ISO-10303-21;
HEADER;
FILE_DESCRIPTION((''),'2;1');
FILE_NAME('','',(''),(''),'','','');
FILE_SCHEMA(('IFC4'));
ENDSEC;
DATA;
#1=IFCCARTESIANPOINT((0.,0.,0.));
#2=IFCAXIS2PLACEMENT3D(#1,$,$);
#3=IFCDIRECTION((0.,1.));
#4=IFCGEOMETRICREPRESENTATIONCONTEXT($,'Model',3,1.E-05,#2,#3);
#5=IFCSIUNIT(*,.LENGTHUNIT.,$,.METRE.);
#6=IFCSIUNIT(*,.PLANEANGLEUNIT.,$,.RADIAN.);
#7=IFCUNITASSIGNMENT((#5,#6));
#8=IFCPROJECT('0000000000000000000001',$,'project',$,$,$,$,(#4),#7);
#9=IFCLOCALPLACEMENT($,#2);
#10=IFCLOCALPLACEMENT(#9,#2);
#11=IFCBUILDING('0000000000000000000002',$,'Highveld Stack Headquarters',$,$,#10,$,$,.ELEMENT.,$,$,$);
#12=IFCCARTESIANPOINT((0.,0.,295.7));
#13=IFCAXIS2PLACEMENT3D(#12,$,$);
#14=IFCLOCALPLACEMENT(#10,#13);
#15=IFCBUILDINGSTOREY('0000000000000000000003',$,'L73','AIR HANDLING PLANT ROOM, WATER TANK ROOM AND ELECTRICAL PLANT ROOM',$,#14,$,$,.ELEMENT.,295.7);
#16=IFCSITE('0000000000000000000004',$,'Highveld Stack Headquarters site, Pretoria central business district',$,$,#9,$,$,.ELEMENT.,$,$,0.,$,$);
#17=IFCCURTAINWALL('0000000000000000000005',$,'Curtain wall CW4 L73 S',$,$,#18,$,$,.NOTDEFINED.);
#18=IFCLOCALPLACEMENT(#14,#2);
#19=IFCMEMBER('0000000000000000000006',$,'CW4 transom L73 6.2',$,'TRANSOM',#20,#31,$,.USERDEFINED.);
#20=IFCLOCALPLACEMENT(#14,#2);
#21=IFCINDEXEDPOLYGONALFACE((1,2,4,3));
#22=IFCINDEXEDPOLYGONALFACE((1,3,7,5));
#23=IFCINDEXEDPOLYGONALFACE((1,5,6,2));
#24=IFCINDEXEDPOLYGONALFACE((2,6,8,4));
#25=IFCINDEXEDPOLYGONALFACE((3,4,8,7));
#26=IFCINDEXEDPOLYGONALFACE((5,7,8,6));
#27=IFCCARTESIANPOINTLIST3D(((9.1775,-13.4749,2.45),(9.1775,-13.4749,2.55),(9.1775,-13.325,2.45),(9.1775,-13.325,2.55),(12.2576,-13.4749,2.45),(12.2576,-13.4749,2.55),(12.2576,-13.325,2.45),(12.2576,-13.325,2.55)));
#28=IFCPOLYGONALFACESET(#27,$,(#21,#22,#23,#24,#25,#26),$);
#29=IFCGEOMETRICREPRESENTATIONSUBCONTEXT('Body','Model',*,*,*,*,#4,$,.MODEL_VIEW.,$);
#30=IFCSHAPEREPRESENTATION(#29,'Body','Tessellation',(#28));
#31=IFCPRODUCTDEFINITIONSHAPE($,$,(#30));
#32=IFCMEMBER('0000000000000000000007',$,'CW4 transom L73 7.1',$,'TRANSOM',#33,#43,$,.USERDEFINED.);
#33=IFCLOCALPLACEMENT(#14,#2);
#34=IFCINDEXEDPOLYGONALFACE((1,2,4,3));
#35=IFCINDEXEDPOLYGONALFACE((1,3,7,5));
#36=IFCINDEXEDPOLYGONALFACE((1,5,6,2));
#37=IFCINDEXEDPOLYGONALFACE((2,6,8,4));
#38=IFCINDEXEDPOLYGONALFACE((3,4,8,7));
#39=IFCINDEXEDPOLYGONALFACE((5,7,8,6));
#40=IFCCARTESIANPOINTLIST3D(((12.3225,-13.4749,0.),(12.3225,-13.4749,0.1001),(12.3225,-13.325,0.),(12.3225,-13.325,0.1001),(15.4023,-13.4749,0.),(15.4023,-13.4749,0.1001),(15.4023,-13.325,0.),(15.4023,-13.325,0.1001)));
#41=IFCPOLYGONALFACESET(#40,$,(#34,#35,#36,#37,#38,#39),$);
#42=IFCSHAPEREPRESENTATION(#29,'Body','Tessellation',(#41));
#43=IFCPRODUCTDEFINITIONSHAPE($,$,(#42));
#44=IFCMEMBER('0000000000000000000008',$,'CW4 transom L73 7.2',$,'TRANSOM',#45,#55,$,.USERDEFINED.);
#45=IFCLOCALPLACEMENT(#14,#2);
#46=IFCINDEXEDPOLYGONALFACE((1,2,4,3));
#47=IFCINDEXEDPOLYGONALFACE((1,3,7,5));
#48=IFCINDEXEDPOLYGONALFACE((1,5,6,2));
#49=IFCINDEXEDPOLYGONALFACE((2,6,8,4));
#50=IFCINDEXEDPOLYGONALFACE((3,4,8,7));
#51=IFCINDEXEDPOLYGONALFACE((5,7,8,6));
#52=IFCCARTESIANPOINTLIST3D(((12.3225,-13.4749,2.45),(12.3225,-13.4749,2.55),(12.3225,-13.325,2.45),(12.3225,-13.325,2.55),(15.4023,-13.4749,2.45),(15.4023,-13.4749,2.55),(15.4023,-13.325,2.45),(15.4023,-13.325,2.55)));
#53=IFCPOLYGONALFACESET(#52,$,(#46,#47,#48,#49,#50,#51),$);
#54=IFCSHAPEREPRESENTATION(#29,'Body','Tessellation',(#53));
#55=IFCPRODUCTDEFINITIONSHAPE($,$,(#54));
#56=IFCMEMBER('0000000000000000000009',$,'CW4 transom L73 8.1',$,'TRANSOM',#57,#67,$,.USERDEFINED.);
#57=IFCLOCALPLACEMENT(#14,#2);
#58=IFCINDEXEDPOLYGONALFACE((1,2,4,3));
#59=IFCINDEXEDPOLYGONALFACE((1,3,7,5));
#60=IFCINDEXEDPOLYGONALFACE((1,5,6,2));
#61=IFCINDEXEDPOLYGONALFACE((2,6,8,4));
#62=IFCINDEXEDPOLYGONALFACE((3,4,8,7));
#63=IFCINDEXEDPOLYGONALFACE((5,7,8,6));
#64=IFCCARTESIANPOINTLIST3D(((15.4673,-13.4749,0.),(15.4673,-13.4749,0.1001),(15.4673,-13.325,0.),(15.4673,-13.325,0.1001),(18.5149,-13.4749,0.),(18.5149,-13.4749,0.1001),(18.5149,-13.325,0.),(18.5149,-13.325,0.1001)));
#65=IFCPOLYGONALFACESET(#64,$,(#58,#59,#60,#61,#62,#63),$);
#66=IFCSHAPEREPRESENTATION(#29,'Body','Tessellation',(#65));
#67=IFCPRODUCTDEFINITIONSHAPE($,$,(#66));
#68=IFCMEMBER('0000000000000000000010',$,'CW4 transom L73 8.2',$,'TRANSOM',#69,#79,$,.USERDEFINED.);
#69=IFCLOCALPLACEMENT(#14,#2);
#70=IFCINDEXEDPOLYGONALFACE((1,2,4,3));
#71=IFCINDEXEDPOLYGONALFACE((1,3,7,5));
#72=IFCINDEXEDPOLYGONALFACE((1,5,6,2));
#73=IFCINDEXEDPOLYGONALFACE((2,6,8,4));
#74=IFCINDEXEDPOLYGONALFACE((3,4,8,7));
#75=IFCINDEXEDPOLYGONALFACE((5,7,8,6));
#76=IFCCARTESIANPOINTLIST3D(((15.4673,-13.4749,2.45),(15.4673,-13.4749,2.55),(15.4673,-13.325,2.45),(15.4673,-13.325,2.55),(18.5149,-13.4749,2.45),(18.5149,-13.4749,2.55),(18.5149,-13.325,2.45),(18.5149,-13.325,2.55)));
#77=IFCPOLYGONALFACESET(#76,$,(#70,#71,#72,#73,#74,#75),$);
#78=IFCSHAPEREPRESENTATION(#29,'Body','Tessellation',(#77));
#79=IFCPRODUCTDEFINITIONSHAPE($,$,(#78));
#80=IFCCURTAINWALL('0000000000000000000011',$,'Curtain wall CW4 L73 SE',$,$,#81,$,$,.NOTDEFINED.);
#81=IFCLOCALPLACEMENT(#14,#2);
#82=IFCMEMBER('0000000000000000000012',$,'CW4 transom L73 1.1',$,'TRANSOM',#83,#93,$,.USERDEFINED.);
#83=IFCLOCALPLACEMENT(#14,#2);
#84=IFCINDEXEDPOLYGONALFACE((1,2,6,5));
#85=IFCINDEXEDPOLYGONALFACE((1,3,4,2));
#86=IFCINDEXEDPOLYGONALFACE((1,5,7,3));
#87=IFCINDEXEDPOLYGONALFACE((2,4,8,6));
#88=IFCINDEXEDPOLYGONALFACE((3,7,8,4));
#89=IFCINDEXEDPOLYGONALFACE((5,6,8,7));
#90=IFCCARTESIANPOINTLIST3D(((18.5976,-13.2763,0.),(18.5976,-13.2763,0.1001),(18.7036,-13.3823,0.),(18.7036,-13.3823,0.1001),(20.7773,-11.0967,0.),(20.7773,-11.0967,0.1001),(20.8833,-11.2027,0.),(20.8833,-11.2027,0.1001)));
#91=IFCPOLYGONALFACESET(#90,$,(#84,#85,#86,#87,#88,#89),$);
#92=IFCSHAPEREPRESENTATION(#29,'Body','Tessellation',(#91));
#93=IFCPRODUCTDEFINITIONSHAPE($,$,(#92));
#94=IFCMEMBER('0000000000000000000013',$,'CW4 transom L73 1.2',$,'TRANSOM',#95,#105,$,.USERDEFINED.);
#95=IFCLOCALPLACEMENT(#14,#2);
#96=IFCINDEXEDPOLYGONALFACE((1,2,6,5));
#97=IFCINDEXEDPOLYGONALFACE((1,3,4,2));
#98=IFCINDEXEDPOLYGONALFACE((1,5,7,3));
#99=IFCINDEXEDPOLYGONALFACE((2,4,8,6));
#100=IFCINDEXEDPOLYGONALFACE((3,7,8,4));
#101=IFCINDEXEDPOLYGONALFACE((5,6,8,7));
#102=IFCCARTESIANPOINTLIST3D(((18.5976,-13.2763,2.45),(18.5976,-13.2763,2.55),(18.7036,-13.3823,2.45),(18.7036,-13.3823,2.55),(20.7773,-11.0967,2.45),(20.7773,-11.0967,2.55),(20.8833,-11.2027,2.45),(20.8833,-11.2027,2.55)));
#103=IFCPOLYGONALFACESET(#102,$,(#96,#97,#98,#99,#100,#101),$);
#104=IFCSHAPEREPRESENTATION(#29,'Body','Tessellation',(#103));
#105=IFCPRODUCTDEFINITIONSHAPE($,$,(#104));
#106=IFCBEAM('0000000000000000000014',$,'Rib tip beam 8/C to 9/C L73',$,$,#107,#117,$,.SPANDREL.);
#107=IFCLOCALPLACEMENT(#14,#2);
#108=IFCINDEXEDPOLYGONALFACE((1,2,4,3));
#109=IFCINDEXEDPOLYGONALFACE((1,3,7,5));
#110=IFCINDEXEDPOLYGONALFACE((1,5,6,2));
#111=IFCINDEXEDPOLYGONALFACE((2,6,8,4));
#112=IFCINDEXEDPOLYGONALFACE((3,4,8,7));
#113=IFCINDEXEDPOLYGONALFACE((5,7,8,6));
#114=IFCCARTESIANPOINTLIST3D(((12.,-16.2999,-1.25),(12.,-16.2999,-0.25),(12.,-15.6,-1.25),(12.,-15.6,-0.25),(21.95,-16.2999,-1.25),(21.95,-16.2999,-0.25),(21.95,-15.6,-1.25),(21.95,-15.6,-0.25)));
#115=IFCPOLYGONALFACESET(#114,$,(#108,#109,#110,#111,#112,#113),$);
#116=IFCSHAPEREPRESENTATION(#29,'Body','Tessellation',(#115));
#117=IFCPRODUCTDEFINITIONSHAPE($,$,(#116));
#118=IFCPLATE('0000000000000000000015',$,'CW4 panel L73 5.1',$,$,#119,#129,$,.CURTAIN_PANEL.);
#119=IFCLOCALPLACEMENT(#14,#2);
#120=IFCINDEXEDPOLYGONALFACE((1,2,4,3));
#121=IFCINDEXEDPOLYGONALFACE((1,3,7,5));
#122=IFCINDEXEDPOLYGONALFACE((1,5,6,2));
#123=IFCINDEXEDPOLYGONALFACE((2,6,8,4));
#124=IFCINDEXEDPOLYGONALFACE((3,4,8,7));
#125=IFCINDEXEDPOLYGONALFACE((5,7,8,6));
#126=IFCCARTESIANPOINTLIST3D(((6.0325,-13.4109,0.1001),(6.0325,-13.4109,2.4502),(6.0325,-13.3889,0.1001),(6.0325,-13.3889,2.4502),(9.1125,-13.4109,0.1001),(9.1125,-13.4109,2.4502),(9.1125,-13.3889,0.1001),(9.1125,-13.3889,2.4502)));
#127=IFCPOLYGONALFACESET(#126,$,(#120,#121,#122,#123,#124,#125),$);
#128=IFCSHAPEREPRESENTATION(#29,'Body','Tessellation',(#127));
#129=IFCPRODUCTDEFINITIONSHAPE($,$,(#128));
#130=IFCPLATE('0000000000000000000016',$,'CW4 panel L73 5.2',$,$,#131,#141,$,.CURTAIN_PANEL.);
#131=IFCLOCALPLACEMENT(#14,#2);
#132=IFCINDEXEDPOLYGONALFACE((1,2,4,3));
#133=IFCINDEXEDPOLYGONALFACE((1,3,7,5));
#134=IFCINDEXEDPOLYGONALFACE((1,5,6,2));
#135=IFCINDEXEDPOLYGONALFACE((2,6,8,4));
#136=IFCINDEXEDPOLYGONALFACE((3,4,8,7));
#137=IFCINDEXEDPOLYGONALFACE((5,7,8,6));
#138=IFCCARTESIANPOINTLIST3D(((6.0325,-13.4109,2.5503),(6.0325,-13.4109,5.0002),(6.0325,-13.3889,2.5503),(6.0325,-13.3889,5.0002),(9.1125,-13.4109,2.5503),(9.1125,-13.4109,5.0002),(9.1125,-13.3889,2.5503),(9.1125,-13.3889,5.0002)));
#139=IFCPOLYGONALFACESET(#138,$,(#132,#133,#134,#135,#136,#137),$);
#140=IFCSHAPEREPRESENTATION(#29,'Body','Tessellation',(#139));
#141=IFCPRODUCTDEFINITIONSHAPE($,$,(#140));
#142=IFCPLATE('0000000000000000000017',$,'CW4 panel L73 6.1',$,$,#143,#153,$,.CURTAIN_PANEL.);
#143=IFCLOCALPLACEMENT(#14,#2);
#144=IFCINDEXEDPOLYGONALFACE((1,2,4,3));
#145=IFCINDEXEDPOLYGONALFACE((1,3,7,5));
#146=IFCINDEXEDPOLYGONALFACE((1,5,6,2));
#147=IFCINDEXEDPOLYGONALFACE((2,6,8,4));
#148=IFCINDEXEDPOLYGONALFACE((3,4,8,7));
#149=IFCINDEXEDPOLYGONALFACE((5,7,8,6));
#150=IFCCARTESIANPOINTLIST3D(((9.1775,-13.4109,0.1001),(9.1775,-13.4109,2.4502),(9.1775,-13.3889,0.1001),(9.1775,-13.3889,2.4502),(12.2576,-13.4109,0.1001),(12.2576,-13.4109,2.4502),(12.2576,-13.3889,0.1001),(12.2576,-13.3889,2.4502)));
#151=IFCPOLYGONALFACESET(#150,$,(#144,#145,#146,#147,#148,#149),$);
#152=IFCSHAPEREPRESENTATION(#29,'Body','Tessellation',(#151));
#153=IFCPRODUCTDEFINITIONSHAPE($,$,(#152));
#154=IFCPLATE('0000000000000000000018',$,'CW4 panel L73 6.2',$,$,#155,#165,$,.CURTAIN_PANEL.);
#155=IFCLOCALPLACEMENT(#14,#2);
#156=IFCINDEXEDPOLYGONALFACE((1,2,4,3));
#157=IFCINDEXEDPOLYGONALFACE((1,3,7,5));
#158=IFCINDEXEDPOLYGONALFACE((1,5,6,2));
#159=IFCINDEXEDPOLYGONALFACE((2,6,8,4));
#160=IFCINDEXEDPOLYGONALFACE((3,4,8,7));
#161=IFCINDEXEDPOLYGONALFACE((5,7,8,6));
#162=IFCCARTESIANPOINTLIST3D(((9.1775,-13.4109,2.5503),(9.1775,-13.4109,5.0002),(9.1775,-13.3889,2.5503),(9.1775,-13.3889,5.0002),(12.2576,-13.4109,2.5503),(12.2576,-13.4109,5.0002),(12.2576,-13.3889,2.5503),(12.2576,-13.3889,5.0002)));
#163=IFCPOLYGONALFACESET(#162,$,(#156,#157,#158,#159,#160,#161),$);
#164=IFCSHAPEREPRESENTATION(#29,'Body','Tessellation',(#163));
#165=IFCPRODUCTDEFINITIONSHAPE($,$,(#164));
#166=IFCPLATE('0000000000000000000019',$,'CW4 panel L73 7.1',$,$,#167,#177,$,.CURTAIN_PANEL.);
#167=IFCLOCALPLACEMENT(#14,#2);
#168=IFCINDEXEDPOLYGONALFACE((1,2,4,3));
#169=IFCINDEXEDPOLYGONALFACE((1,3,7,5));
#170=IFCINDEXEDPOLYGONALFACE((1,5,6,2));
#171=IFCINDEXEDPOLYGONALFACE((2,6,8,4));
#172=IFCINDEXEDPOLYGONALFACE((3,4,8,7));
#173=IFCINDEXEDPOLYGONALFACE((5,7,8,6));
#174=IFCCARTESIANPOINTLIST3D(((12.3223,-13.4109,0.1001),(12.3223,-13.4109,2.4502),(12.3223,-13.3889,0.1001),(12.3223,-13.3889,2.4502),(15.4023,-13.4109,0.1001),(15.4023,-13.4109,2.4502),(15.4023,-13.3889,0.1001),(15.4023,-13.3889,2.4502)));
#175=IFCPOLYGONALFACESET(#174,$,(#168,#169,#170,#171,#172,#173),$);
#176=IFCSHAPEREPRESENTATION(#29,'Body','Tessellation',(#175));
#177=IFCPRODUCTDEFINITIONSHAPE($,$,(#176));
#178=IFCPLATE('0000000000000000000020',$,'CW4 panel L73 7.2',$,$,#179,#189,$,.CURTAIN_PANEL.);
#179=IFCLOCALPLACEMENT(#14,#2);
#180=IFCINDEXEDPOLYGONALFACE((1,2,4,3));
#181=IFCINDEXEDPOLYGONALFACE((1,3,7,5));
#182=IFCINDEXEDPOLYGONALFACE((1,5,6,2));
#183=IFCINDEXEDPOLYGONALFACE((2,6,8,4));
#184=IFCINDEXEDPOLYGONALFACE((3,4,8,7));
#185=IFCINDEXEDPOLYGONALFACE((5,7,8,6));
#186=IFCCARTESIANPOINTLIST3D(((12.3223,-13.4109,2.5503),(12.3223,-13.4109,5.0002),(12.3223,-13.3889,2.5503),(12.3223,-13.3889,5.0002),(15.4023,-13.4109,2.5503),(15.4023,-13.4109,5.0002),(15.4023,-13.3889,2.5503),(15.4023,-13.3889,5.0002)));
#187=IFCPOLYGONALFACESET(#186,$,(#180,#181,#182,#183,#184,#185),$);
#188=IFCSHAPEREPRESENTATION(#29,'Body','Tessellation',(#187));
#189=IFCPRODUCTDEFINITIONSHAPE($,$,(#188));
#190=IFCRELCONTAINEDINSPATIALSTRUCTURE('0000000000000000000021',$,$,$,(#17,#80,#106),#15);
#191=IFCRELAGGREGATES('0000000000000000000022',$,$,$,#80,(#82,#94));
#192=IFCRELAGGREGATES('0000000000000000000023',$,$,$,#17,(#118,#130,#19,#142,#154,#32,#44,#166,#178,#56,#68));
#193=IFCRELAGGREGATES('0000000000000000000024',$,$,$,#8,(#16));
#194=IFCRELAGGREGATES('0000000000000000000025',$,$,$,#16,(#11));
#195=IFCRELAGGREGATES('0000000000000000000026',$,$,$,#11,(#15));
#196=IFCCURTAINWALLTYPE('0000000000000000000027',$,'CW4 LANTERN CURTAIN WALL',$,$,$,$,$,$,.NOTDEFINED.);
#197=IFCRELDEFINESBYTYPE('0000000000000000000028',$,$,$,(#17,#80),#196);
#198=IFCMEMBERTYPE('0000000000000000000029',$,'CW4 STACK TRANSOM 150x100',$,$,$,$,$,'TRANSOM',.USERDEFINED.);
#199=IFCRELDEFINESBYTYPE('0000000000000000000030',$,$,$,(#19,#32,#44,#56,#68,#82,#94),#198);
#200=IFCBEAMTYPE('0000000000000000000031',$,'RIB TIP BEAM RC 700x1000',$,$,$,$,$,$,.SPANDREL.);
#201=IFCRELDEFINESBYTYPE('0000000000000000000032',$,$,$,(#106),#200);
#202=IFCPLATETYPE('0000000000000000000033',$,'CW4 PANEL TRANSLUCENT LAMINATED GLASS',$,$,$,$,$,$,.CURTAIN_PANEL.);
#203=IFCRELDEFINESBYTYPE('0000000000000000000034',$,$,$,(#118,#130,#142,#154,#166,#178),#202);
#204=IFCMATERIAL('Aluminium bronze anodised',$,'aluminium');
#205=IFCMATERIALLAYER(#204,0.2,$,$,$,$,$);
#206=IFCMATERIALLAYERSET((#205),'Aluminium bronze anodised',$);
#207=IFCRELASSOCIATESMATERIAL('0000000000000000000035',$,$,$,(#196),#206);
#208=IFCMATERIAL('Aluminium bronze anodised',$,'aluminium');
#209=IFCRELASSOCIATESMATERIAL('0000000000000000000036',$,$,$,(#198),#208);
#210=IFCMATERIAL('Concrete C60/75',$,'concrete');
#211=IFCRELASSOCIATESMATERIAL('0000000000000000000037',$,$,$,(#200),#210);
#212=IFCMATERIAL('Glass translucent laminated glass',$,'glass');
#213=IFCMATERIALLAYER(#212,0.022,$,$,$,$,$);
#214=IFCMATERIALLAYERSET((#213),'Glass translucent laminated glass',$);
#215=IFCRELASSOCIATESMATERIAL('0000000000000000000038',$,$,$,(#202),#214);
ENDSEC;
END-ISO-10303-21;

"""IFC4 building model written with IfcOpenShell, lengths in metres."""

from ifc_helpers import new_model, si_unit, direction, frame, origin, origin_2d, place, context, subcontext, project, spatial, rectangle, extrude, material, layer, layer_set, material_profile, profile_set, type_object, element, aggregate, save


model = new_model("IFC4")

# Units and contexts
model_context = context("Model", 3, precision=1e-05, world=origin(), true_north=direction((0.0, 1.0)))
body_context = subcontext(model_context, "Body", "Model", "MODEL_VIEW")
ifc_project = project(units=[si_unit("LENGTHUNIT", "METRE"), si_unit("PLANEANGLEUNIT", "RADIAN")], contexts=[model_context])

# Site, building, storey
site_placement = place(None, origin())
site = spatial("IfcSite", under=ifc_project, at=site_placement, Name="Highveld Stack Headquarters site, Pretoria central business district", CompositionType="ELEMENT", RefElevation=0.0)
building_placement = place(site_placement, origin())
building = spatial("IfcBuilding", under=site, at=building_placement, Name="Highveld Stack Headquarters", CompositionType="ELEMENT")
storey_placement = place(building_placement, frame((0.0, 0.0, 295.7)))
storey = spatial("IfcBuildingStorey", under=building, at=storey_placement, Name="L73", Description="AIR HANDLING PLANT ROOM, WATER TANK ROOM AND ELECTRICAL PLANT ROOM", CompositionType="ELEMENT", Elevation=295.7)

# Curtain walls, members
ifc_material_1 = material(Name="Aluminium bronze anodised", Category="aluminium")
ifc_layer_1 = layer(ifc_material_1, 0.2)
ifc_layer_set_1 = layer_set([ifc_layer_1], Name="Aluminium bronze anodised")
curtain_wall_type = type_object("IfcCurtainWallType", Name="CW4 LANTERN CURTAIN WALL", PredefinedType="NOTDEFINED", material=ifc_layer_set_1)
curtain_wall_1_placement = place(storey_placement, origin())
curtain_wall_1 = element("IfcCurtainWall", 1, at=curtain_wall_1_placement, inside=storey, type_object=curtain_wall_type, Name="Curtain wall CW4 L73 S", PredefinedType="NOTDEFINED")
ifc_material_2 = material(Name="Aluminium bronze anodised", Category="aluminium")
ifc_material_profile_1 = material_profile(ifc_material_2, rectangle(XDim=0.1499, YDim=0.1001, at=origin_2d()), Name="CW4 TRANSOM 150x100")
ifc_profile_set_1 = profile_set([ifc_material_profile_1], Name="Aluminium bronze anodised")
member_type_1 = type_object("IfcMemberType", Name="CW4 STACK TRANSOM 150x100", ElementType="TRANSOM", PredefinedType="USERDEFINED", material=ifc_profile_set_1)
member_1_placement = place(storey_placement, frame((9.1775, -13.3999, 2.5), z_axis=(1.0, 0.0, 0.0), x_axis=(0.0, 1.0, 0.0)))
member_1 = element("IfcMember", 2, at=member_1_placement, type_object=member_type_1, Name="CW4 transom L73 6.2", ObjectType="TRANSOM", PredefinedType="USERDEFINED", context=body_context, shape_type="SweptSolid", body=[
    extrude(rectangle(XDim=0.1499, YDim=0.1001, at=origin_2d()), origin(), (0.0, 0.0, 1.0), 3.0801),
])
member_2_placement = place(storey_placement, frame((12.3225, -13.3999, 0.05), z_axis=(1.0, 0.0, 0.0), x_axis=(0.0, 1.0, 0.0)))
member_2 = element("IfcMember", 3, at=member_2_placement, type_object=member_type_1, Name="CW4 transom L73 7.1", ObjectType="TRANSOM", PredefinedType="USERDEFINED", context=body_context, shape_type="SweptSolid", body=[
    extrude(rectangle(XDim=0.1499, YDim=0.1001, at=origin_2d()), origin(), (0.0, 0.0, 1.0), 3.0798),
])
member_3_placement = place(storey_placement, frame((12.3225, -13.3999, 2.5), z_axis=(1.0, 0.0, 0.0), x_axis=(0.0, 1.0, 0.0)))
member_3 = element("IfcMember", 4, at=member_3_placement, type_object=member_type_1, Name="CW4 transom L73 7.2", ObjectType="TRANSOM", PredefinedType="USERDEFINED", context=body_context, shape_type="SweptSolid", body=[
    extrude(rectangle(XDim=0.1499, YDim=0.1001, at=origin_2d()), origin(), (0.0, 0.0, 1.0), 3.0798),
])
member_4_placement = place(storey_placement, frame((15.4673, -13.3999, 0.05), z_axis=(1.0, 0.0, 0.0), x_axis=(0.0, 1.0, 0.0)))
member_4 = element("IfcMember", 5, at=member_4_placement, type_object=member_type_1, Name="CW4 transom L73 8.1", ObjectType="TRANSOM", PredefinedType="USERDEFINED", context=body_context, shape_type="SweptSolid", body=[
    extrude(rectangle(XDim=0.1499, YDim=0.1001, at=origin_2d()), origin(), (0.0, 0.0, 1.0), 3.0476),
])
member_5_placement = place(storey_placement, frame((15.4673, -13.3999, 2.5), z_axis=(1.0, 0.0, 0.0), x_axis=(0.0, 1.0, 0.0)))
member_5 = element("IfcMember", 6, at=member_5_placement, type_object=member_type_1, Name="CW4 transom L73 8.2", ObjectType="TRANSOM", PredefinedType="USERDEFINED", context=body_context, shape_type="SweptSolid", body=[
    extrude(rectangle(XDim=0.1499, YDim=0.1001, at=origin_2d()), origin(), (0.0, 0.0, 1.0), 3.0476),
])
curtain_wall_2_placement = place(storey_placement, origin())
curtain_wall_2 = element("IfcCurtainWall", 7, at=curtain_wall_2_placement, inside=storey, type_object=curtain_wall_type, Name="Curtain wall CW4 L73 SE", PredefinedType="NOTDEFINED")
member_6_placement = place(storey_placement, frame((18.6506, -13.3293, 0.05), z_axis=(0.707107, 0.707107, 0.0), x_axis=(-0.707107, 0.707107, 0.0)))
member_6 = element("IfcMember", 8, at=member_6_placement, type_object=member_type_1, Name="CW4 transom L73 1.1", ObjectType="TRANSOM", PredefinedType="USERDEFINED", context=body_context, shape_type="SweptSolid", body=[
    extrude(rectangle(XDim=0.1499, YDim=0.1001, at=origin_2d()), origin(), (0.0, 0.0, 1.0), 3.0825),
])
member_7_placement = place(storey_placement, frame((18.6506, -13.3293, 2.5), z_axis=(0.707107, 0.707107, 0.0), x_axis=(-0.707107, 0.707107, 0.0)))
member_7 = element("IfcMember", 9, at=member_7_placement, type_object=member_type_1, Name="CW4 transom L73 1.2", ObjectType="TRANSOM", PredefinedType="USERDEFINED", context=body_context, shape_type="SweptSolid", body=[
    extrude(rectangle(XDim=0.1499, YDim=0.1001, at=origin_2d()), origin(), (0.0, 0.0, 1.0), 3.0825),
])
aggregate(curtain_wall_2, [member_6, member_7])

# Beam
ifc_material_3 = material(Name="Concrete C60/75", Category="concrete")
ifc_material_profile_2 = material_profile(ifc_material_3, rectangle(XDim=0.7, YDim=1.0, at=origin_2d()), Name="RC 700x1000")
ifc_profile_set_2 = profile_set([ifc_material_profile_2], Name="Concrete C60/75")
beam_type_1 = type_object("IfcBeamType", Name="RIB TIP BEAM RC 700x1000", PredefinedType="SPANDREL", material=ifc_profile_set_2)
beam_1_placement = place(storey_placement, frame((12.0, -15.95, -0.75), z_axis=(1.0, 0.0, 0.0), x_axis=(0.0, 1.0, 0.0)))
element("IfcBeam", 10, at=beam_1_placement, inside=storey, type_object=beam_type_1, Name="Rib tip beam 8/C to 9/C L73", PredefinedType="SPANDREL", context=body_context, shape_type="SweptSolid", body=[
    extrude(rectangle(XDim=0.7, YDim=1.0, at=origin_2d()), origin(), (0.0, 0.0, 1.0), 9.95),
])

# Plates
ifc_material_4 = material(Name="Glass translucent laminated glass", Category="glass")
ifc_layer_2 = layer(ifc_material_4, 0.022)
ifc_layer_set_2 = layer_set([ifc_layer_2], Name="Glass translucent laminated glass")
plate_type = type_object("IfcPlateType", Name="CW4 PANEL TRANSLUCENT LAMINATED GLASS", PredefinedType="CURTAIN_PANEL", material=ifc_layer_set_2)
plate_1_placement = place(storey_placement, frame((7.5725, -13.3999, 0.1001), z_axis=(0.0, 0.0, 1.0), x_axis=(1.0, 0.0, 0.0)))
plate_1 = element("IfcPlate", 11, at=plate_1_placement, type_object=plate_type, Name="CW4 panel L73 5.1", PredefinedType="CURTAIN_PANEL", context=body_context, shape_type="SweptSolid", body=[
    extrude(rectangle(XDim=3.0801, YDim=0.022, at=origin_2d()), origin(), (0.0, 0.0, 1.0), 2.3501),
])
plate_2_placement = place(storey_placement, frame((7.5725, -13.3999, 2.5503), z_axis=(0.0, 0.0, 1.0), x_axis=(1.0, 0.0, 0.0)))
plate_2 = element("IfcPlate", 12, at=plate_2_placement, type_object=plate_type, Name="CW4 panel L73 5.2", PredefinedType="CURTAIN_PANEL", context=body_context, shape_type="SweptSolid", body=[
    extrude(rectangle(XDim=3.0801, YDim=0.022, at=origin_2d()), origin(), (0.0, 0.0, 1.0), 2.45),
])
plate_3_placement = place(storey_placement, frame((10.7175, -13.3999, 0.1001), z_axis=(0.0, 0.0, 1.0), x_axis=(1.0, 0.0, 0.0)))
plate_3 = element("IfcPlate", 13, at=plate_3_placement, type_object=plate_type, Name="CW4 panel L73 6.1", PredefinedType="CURTAIN_PANEL", context=body_context, shape_type="SweptSolid", body=[
    extrude(rectangle(XDim=3.0801, YDim=0.022, at=origin_2d()), origin(), (0.0, 0.0, 1.0), 2.3501),
])
plate_4_placement = place(storey_placement, frame((10.7175, -13.3999, 2.5503), z_axis=(0.0, 0.0, 1.0), x_axis=(1.0, 0.0, 0.0)))
plate_4 = element("IfcPlate", 14, at=plate_4_placement, type_object=plate_type, Name="CW4 panel L73 6.2", PredefinedType="CURTAIN_PANEL", context=body_context, shape_type="SweptSolid", body=[
    extrude(rectangle(XDim=3.0801, YDim=0.022, at=origin_2d()), origin(), (0.0, 0.0, 1.0), 2.45),
])
plate_5_placement = place(storey_placement, frame((13.8623, -13.3999, 0.1001), z_axis=(0.0, 0.0, 1.0), x_axis=(1.0, 0.0, 0.0)))
plate_5 = element("IfcPlate", 15, at=plate_5_placement, type_object=plate_type, Name="CW4 panel L73 7.1", PredefinedType="CURTAIN_PANEL", context=body_context, shape_type="SweptSolid", body=[
    extrude(rectangle(XDim=3.0801, YDim=0.022, at=origin_2d()), origin(), (0.0, 0.0, 1.0), 2.3501),
])
plate_6_placement = place(storey_placement, frame((13.8623, -13.3999, 2.5503), z_axis=(0.0, 0.0, 1.0), x_axis=(1.0, 0.0, 0.0)))
plate_6 = element("IfcPlate", 16, at=plate_6_placement, type_object=plate_type, Name="CW4 panel L73 7.2", PredefinedType="CURTAIN_PANEL", context=body_context, shape_type="SweptSolid", body=[
    extrude(rectangle(XDim=3.0801, YDim=0.022, at=origin_2d()), origin(), (0.0, 0.0, 1.0), 2.45),
])
aggregate(curtain_wall_1, [plate_1, plate_2, member_1, plate_3, plate_4, member_2, member_3, plate_5, plate_6, member_4, member_5])

save(model, "model.ifc")
